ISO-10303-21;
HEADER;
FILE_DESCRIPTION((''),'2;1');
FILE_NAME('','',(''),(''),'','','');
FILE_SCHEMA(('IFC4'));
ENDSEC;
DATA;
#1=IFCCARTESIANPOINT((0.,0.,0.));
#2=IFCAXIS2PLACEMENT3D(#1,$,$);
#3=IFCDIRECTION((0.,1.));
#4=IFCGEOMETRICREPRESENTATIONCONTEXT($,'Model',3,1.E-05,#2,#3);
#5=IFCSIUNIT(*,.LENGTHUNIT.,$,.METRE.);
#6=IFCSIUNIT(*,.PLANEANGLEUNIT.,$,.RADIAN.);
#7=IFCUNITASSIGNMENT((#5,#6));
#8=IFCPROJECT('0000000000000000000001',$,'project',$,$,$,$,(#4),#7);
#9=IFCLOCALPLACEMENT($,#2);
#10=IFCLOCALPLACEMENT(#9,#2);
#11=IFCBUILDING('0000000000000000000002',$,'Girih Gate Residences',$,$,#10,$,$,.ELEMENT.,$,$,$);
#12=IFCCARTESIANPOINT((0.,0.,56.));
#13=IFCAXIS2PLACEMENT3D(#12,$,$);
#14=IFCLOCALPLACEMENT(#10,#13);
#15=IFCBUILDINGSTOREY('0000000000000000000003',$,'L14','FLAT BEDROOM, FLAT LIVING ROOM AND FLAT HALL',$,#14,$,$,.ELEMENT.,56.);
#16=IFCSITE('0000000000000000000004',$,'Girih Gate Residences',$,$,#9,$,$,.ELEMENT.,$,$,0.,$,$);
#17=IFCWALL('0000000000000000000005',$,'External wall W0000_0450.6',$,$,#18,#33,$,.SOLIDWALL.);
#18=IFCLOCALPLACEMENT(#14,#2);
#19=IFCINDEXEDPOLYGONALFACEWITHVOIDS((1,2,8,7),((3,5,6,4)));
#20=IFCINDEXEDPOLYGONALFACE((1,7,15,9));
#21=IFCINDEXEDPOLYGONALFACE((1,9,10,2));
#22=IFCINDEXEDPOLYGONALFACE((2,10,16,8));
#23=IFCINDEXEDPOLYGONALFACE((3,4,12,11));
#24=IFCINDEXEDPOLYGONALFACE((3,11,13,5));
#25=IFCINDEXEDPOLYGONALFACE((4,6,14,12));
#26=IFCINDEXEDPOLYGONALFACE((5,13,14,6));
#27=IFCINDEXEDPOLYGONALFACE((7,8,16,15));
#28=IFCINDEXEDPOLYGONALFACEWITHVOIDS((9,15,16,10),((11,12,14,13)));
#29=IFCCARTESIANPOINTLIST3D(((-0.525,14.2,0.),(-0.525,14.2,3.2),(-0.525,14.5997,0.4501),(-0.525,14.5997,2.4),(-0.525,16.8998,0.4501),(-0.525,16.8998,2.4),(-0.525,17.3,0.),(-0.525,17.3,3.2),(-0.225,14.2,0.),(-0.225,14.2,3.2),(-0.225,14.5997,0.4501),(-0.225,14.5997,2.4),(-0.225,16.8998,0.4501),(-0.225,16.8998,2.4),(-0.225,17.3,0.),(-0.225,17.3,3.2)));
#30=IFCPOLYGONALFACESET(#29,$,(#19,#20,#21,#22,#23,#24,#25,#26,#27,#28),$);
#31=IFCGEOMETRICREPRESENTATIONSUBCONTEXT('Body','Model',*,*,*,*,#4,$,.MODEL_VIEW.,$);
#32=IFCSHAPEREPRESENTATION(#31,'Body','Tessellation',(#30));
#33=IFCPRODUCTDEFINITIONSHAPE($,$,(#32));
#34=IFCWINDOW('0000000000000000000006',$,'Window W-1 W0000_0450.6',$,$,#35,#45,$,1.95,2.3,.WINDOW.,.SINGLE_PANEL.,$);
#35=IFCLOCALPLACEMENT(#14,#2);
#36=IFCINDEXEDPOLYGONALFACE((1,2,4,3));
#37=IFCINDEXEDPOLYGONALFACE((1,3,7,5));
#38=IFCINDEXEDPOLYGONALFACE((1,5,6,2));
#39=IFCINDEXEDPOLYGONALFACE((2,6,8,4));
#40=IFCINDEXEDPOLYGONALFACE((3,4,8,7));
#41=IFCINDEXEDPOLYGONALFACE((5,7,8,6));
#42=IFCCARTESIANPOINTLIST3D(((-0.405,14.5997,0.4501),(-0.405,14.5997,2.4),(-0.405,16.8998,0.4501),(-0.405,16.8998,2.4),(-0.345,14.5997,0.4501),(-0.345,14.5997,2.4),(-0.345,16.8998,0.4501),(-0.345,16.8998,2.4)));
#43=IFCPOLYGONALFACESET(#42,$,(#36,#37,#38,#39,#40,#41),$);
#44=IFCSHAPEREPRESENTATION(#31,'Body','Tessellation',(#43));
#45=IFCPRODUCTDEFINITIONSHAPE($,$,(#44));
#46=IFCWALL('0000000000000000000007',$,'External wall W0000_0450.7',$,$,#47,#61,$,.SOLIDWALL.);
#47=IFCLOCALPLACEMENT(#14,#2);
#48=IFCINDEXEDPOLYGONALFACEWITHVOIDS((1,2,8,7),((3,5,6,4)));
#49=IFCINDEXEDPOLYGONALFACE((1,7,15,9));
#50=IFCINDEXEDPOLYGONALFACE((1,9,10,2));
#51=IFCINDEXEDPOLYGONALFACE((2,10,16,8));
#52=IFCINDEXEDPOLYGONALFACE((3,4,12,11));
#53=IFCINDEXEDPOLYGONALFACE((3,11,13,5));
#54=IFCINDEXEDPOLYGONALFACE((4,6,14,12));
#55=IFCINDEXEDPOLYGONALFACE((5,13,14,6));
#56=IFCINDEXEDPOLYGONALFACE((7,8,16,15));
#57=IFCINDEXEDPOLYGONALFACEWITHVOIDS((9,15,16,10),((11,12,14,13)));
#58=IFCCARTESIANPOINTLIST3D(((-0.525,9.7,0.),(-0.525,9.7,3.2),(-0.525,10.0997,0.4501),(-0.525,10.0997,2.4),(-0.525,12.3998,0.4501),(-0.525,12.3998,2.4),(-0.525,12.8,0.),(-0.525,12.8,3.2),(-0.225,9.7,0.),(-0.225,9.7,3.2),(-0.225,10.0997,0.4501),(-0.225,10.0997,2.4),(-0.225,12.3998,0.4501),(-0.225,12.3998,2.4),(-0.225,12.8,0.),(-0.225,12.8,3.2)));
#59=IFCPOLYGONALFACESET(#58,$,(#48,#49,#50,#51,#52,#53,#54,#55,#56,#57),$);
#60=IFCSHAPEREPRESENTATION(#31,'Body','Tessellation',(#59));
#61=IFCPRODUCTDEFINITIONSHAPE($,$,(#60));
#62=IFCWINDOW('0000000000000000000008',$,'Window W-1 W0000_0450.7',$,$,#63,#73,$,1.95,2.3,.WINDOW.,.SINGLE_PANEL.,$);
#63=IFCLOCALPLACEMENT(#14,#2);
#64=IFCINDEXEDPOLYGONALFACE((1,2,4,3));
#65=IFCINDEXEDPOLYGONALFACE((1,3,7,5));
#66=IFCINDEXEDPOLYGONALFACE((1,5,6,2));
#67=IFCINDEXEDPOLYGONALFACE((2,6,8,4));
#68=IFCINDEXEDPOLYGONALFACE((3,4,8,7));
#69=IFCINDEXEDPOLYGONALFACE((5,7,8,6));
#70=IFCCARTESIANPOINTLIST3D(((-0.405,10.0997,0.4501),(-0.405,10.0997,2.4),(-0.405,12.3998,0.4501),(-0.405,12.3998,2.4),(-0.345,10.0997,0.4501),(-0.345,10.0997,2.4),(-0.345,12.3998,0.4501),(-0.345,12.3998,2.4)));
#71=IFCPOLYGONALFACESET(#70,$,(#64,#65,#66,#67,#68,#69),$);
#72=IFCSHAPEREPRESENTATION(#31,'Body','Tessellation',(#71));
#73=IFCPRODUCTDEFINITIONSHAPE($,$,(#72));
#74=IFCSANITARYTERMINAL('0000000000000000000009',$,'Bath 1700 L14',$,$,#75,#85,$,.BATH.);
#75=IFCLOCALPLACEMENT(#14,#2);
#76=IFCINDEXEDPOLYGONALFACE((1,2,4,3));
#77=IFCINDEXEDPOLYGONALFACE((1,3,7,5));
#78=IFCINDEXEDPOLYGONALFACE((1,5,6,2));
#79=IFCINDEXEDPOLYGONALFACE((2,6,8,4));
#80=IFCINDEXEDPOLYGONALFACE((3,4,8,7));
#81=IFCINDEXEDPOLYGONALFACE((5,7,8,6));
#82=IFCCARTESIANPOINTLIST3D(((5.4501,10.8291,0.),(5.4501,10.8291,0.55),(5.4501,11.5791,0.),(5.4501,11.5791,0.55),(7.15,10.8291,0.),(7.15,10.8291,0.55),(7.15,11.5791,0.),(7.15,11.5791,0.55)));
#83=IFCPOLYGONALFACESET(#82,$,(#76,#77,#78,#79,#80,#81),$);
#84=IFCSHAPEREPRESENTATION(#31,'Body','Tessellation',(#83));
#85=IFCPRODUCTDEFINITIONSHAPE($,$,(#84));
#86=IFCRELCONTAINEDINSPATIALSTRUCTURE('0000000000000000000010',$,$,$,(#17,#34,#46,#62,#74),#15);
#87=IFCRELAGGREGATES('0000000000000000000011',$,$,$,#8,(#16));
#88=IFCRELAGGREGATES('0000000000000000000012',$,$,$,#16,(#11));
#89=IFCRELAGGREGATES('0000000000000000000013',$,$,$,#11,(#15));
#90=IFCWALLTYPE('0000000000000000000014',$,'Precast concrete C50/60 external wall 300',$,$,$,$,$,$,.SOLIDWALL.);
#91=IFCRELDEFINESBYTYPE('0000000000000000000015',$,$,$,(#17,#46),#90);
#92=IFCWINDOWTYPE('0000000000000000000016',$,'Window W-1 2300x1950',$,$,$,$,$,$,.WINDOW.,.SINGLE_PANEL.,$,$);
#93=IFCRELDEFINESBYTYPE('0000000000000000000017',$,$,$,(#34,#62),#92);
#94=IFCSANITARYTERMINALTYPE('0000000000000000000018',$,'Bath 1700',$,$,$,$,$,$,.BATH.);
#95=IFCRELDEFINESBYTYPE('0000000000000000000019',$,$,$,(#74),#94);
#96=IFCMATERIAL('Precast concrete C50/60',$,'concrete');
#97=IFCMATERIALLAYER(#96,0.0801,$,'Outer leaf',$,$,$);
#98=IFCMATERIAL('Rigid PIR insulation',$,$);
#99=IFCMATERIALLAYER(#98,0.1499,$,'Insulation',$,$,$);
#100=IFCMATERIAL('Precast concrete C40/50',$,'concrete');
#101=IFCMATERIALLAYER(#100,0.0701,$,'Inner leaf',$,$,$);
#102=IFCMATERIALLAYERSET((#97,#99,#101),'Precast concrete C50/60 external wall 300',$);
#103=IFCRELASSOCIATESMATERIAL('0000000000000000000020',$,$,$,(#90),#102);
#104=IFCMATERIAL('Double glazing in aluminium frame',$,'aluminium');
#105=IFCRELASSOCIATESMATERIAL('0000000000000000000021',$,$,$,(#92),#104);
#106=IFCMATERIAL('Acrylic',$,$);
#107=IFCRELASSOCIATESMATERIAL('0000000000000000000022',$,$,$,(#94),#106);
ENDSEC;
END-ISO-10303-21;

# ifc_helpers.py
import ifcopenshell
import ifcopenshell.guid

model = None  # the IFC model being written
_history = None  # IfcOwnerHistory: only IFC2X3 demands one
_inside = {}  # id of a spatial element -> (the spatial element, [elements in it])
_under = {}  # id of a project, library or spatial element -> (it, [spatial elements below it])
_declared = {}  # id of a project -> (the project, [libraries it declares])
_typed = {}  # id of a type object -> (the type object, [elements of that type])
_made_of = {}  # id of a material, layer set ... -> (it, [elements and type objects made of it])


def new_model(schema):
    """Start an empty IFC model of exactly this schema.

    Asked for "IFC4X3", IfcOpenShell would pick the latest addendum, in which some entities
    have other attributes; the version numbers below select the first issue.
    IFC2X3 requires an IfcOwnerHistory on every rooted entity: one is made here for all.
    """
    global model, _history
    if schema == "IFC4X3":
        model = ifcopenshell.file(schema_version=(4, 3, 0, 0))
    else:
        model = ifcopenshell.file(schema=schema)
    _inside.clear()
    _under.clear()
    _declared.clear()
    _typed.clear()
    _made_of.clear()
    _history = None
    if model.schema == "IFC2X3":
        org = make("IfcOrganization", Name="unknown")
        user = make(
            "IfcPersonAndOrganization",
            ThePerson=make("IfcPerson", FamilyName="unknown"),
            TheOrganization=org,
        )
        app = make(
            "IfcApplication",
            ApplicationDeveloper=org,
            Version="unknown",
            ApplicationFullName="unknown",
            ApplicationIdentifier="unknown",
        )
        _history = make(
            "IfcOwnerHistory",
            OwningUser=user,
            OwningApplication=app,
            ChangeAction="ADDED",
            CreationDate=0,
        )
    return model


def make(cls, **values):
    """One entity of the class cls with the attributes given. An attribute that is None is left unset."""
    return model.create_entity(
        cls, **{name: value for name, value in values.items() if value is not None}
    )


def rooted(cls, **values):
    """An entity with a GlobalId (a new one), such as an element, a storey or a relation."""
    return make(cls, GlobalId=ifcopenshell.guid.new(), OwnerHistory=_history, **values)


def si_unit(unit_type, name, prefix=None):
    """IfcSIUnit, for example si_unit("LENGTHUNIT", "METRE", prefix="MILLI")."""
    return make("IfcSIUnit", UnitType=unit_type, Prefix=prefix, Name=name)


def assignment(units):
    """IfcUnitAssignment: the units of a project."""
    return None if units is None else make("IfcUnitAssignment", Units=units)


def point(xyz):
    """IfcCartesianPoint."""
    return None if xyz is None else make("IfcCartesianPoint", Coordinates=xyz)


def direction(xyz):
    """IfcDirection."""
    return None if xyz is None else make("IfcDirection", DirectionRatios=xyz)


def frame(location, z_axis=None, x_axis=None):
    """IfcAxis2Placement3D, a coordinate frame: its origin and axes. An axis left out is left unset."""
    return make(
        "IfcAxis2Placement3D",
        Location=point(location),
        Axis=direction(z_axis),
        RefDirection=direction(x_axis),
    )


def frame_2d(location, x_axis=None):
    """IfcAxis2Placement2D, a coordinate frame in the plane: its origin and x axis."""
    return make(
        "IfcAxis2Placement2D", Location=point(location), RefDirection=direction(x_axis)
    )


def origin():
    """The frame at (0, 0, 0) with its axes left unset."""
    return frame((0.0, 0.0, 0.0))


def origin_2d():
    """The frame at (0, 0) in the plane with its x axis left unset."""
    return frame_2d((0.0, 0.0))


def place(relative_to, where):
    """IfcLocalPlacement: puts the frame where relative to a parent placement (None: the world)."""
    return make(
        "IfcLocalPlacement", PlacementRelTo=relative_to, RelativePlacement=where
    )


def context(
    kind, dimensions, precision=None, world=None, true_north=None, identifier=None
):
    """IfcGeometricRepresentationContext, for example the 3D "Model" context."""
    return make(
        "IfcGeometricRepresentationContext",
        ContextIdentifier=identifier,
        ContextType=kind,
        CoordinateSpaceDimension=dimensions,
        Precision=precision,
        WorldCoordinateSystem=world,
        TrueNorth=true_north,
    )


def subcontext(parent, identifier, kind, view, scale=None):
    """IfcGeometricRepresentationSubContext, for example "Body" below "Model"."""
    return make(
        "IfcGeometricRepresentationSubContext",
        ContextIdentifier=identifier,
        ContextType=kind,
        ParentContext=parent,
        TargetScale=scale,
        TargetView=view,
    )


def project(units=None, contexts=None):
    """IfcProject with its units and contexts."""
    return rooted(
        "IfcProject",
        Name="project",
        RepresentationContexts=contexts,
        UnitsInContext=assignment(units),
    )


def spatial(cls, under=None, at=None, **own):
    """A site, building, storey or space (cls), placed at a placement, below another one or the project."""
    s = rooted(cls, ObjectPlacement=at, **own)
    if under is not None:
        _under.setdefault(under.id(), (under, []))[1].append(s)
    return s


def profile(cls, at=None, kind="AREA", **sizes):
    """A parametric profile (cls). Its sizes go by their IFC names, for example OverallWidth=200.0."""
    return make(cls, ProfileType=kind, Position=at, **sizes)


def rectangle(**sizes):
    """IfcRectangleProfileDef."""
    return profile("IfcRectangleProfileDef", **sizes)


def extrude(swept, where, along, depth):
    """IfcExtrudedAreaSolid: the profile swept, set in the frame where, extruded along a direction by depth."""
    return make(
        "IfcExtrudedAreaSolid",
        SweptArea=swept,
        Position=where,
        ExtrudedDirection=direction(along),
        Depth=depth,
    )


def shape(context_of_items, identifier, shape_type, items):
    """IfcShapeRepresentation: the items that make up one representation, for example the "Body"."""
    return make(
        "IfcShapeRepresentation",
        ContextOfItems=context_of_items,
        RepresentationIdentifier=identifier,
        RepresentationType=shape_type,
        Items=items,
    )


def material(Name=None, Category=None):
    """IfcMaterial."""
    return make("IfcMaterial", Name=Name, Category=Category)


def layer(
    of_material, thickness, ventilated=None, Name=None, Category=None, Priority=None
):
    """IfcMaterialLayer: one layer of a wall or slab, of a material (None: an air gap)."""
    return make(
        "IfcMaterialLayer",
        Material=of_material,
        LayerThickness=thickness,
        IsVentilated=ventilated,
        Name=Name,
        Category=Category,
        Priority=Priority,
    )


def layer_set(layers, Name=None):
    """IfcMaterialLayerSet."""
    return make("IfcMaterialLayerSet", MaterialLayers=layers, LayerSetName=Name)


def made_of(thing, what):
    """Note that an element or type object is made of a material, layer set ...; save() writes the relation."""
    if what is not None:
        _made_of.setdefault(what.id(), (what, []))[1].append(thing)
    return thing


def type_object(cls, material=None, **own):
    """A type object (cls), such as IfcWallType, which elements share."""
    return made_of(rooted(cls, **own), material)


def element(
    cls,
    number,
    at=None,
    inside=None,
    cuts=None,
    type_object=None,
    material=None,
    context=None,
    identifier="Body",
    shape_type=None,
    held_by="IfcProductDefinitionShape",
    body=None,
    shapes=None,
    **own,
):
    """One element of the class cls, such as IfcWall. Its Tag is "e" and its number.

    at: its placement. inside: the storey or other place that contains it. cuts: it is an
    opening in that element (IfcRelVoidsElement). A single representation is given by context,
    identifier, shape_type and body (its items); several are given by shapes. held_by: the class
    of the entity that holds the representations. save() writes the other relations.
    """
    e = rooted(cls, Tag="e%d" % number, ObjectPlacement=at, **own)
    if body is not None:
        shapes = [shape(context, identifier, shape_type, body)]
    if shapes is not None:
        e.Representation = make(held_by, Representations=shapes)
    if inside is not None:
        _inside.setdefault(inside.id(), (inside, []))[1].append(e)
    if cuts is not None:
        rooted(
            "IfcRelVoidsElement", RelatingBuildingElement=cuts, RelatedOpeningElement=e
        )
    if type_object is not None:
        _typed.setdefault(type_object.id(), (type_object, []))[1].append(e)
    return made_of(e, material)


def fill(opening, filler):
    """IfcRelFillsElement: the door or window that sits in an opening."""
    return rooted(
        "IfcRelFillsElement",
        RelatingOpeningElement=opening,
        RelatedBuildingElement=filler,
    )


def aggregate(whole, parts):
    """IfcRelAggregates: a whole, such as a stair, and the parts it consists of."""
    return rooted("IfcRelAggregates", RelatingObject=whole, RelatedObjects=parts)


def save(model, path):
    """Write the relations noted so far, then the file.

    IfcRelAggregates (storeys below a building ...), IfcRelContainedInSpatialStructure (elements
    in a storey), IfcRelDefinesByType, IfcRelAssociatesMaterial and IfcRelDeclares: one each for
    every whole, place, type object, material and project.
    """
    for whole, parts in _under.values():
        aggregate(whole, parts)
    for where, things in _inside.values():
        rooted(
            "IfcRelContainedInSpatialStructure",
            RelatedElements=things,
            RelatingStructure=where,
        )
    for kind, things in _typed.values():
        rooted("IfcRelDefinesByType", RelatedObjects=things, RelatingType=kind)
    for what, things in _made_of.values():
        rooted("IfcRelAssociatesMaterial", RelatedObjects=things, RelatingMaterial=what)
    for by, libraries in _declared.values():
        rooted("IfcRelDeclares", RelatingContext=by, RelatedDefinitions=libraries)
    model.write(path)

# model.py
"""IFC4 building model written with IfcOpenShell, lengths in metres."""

from ifc_helpers import new_model, si_unit, direction, frame, frame_2d, origin, origin_2d, place, context, subcontext, project, spatial, rectangle, extrude, material, layer, layer_set, type_object, element, fill, save


model = new_model("IFC4")

# Units and contexts
model_context = context("Model", 3, precision=1e-05, world=origin(), true_north=direction((0.0, 1.0)))
body_context = subcontext(model_context, "Body", "Model", "MODEL_VIEW")
ifc_project = project(units=[si_unit("LENGTHUNIT", "METRE"), si_unit("PLANEANGLEUNIT", "RADIAN")], contexts=[model_context])

# Site, building, storey
site_placement = place(None, origin())
site = spatial("IfcSite", under=ifc_project, at=site_placement, Name="Girih Gate Residences", CompositionType="ELEMENT", RefElevation=0.0)
building_placement = place(site_placement, origin())
building = spatial("IfcBuilding", under=site, at=building_placement, Name="Girih Gate Residences", CompositionType="ELEMENT")
storey_placement = place(building_placement, frame((0.0, 0.0, 56.0)))
storey = spatial("IfcBuildingStorey", under=building, at=storey_placement, Name="L14", Description="FLAT BEDROOM, FLAT LIVING ROOM AND FLAT HALL", CompositionType="ELEMENT", Elevation=56.0)

# Walls, openings, windows
ifc_material_1 = material(Name="Precast concrete C50/60", Category="concrete")
ifc_layer_1 = layer(ifc_material_1, 0.0801, Name="Outer leaf")
ifc_material_2 = material(Name="Rigid PIR insulation")
ifc_layer_2 = layer(ifc_material_2, 0.1499, Name="Insulation")
ifc_material_3 = material(Name="Precast concrete C40/50", Category="concrete")
ifc_layer_3 = layer(ifc_material_3, 0.0701, Name="Inner leaf")
ifc_layer_set_1 = layer_set([ifc_layer_1, ifc_layer_2, ifc_layer_3], Name="Precast concrete C50/60 external wall 300")
wall_type_1 = type_object("IfcWallType", Name="Precast concrete C50/60 external wall 300", PredefinedType="SOLIDWALL", material=ifc_layer_set_1)
ifc_material_4 = material(Name="Double glazing in aluminium frame", Category="aluminium")
window_type = type_object("IfcWindowType", Name="Window W-1 2300x1950", PartitioningType="SINGLE_PANEL", PredefinedType="WINDOW", material=ifc_material_4)
wall_1_placement = place(storey_placement, frame((-0.375, 14.2, 0.0), z_axis=(0.0, 0.0, 1.0), x_axis=(0.0, 1.0, 0.0)))
wall_1 = element("IfcWall", 1, at=wall_1_placement, inside=storey, type_object=wall_type_1, Name="External wall W0000_0450.6", PredefinedType="SOLIDWALL", context=body_context, shape_type="SweptSolid", body=[
    extrude(rectangle(XDim=3.1001, YDim=0.3, at=frame_2d((1.55, 0.0))), origin(), (0.0, 0.0, 1.0), 3.2),
])
opening_1_placement = place(wall_1_placement, frame((0.3999, 0.0, 0.45)))
opening_1 = element("IfcOpeningElement", 2, at=opening_1_placement, cuts=wall_1, PredefinedType="OPENING", context=body_context, shape_type="SweptSolid", body=[
    extrude(rectangle(XDim=2.3, YDim=1.95, at=frame_2d((1.1499, 0.9751))), frame((0.0, 0.1599, 0.0), z_axis=(0.0, -1.0, 0.0), x_axis=(1.0, 0.0, 0.0)), (0.0, 0.0, 1.0), 0.3201),
])
window_1_placement = place(opening_1_placement, origin())
window_1 = element("IfcWindow", 3, at=window_1_placement, inside=storey, type_object=window_type, Name="Window W-1 W0000_0450.6", OverallHeight=1.95, OverallWidth=2.3, PartitioningType="SINGLE_PANEL", PredefinedType="WINDOW", context=body_context, shape_type="SweptSolid", body=[
    extrude(rectangle(XDim=2.3, YDim=1.95, at=frame_2d((1.1499, 0.9751))), frame((0.0, 0.03, 0.0), z_axis=(0.0, -1.0, 0.0), x_axis=(1.0, 0.0, 0.0)), (0.0, 0.0, 1.0), 0.0601),
])
fill(opening_1, window_1)
wall_2_placement = place(storey_placement, frame((-0.375, 9.7, 0.0), z_axis=(0.0, 0.0, 1.0), x_axis=(0.0, 1.0, 0.0)))
wall_2 = element("IfcWall", 4, at=wall_2_placement, inside=storey, type_object=wall_type_1, Name="External wall W0000_0450.7", PredefinedType="SOLIDWALL", context=body_context, shape_type="SweptSolid", body=[
    extrude(rectangle(XDim=3.1001, YDim=0.3, at=frame_2d((1.55, 0.0))), origin(), (0.0, 0.0, 1.0), 3.2),
])
opening_2_placement = place(wall_2_placement, frame((0.3999, 0.0, 0.45)))
opening_2 = element("IfcOpeningElement", 5, at=opening_2_placement, cuts=wall_2, PredefinedType="OPENING", context=body_context, shape_type="SweptSolid", body=[
    extrude(rectangle(XDim=2.3, YDim=1.95, at=frame_2d((1.1499, 0.9751))), frame((0.0, 0.1599, 0.0), z_axis=(0.0, -1.0, 0.0), x_axis=(1.0, 0.0, 0.0)), (0.0, 0.0, 1.0), 0.3201),
])
window_2_placement = place(opening_2_placement, origin())
window_2 = element("IfcWindow", 6, at=window_2_placement, inside=storey, type_object=window_type, Name="Window W-1 W0000_0450.7", OverallHeight=1.95, OverallWidth=2.3, PartitioningType="SINGLE_PANEL", PredefinedType="WINDOW", context=body_context, shape_type="SweptSolid", body=[
    extrude(rectangle(XDim=2.3, YDim=1.95, at=frame_2d((1.1499, 0.9751))), frame((0.0, 0.03, 0.0), z_axis=(0.0, -1.0, 0.0), x_axis=(1.0, 0.0, 0.0)), (0.0, 0.0, 1.0), 0.0601),
])
fill(opening_2, window_2)

# Sanitary terminal
ifc_material_5 = material(Name="Acrylic")
sanitary_terminal_type = type_object("IfcSanitaryTerminalType", Name="Bath 1700", PredefinedType="BATH", material=ifc_material_5)
sanitary_terminal_placement = place(storey_placement, frame((6.3, 11.2041, 0.0), z_axis=(0.0, 0.0, 1.0), x_axis=(1.0, 0.0, 0.0)))
element("IfcSanitaryTerminal", 7, at=sanitary_terminal_placement, inside=storey, type_object=sanitary_terminal_type, Name="Bath 1700 L14", PredefinedType="BATH", context=body_context, shape_type="SweptSolid", body=[
    extrude(rectangle(XDim=1.7, YDim=0.75, at=origin_2d()), origin(), (0.0, 0.0, 1.0), 0.55),
])

save(model, "model.ifc")
